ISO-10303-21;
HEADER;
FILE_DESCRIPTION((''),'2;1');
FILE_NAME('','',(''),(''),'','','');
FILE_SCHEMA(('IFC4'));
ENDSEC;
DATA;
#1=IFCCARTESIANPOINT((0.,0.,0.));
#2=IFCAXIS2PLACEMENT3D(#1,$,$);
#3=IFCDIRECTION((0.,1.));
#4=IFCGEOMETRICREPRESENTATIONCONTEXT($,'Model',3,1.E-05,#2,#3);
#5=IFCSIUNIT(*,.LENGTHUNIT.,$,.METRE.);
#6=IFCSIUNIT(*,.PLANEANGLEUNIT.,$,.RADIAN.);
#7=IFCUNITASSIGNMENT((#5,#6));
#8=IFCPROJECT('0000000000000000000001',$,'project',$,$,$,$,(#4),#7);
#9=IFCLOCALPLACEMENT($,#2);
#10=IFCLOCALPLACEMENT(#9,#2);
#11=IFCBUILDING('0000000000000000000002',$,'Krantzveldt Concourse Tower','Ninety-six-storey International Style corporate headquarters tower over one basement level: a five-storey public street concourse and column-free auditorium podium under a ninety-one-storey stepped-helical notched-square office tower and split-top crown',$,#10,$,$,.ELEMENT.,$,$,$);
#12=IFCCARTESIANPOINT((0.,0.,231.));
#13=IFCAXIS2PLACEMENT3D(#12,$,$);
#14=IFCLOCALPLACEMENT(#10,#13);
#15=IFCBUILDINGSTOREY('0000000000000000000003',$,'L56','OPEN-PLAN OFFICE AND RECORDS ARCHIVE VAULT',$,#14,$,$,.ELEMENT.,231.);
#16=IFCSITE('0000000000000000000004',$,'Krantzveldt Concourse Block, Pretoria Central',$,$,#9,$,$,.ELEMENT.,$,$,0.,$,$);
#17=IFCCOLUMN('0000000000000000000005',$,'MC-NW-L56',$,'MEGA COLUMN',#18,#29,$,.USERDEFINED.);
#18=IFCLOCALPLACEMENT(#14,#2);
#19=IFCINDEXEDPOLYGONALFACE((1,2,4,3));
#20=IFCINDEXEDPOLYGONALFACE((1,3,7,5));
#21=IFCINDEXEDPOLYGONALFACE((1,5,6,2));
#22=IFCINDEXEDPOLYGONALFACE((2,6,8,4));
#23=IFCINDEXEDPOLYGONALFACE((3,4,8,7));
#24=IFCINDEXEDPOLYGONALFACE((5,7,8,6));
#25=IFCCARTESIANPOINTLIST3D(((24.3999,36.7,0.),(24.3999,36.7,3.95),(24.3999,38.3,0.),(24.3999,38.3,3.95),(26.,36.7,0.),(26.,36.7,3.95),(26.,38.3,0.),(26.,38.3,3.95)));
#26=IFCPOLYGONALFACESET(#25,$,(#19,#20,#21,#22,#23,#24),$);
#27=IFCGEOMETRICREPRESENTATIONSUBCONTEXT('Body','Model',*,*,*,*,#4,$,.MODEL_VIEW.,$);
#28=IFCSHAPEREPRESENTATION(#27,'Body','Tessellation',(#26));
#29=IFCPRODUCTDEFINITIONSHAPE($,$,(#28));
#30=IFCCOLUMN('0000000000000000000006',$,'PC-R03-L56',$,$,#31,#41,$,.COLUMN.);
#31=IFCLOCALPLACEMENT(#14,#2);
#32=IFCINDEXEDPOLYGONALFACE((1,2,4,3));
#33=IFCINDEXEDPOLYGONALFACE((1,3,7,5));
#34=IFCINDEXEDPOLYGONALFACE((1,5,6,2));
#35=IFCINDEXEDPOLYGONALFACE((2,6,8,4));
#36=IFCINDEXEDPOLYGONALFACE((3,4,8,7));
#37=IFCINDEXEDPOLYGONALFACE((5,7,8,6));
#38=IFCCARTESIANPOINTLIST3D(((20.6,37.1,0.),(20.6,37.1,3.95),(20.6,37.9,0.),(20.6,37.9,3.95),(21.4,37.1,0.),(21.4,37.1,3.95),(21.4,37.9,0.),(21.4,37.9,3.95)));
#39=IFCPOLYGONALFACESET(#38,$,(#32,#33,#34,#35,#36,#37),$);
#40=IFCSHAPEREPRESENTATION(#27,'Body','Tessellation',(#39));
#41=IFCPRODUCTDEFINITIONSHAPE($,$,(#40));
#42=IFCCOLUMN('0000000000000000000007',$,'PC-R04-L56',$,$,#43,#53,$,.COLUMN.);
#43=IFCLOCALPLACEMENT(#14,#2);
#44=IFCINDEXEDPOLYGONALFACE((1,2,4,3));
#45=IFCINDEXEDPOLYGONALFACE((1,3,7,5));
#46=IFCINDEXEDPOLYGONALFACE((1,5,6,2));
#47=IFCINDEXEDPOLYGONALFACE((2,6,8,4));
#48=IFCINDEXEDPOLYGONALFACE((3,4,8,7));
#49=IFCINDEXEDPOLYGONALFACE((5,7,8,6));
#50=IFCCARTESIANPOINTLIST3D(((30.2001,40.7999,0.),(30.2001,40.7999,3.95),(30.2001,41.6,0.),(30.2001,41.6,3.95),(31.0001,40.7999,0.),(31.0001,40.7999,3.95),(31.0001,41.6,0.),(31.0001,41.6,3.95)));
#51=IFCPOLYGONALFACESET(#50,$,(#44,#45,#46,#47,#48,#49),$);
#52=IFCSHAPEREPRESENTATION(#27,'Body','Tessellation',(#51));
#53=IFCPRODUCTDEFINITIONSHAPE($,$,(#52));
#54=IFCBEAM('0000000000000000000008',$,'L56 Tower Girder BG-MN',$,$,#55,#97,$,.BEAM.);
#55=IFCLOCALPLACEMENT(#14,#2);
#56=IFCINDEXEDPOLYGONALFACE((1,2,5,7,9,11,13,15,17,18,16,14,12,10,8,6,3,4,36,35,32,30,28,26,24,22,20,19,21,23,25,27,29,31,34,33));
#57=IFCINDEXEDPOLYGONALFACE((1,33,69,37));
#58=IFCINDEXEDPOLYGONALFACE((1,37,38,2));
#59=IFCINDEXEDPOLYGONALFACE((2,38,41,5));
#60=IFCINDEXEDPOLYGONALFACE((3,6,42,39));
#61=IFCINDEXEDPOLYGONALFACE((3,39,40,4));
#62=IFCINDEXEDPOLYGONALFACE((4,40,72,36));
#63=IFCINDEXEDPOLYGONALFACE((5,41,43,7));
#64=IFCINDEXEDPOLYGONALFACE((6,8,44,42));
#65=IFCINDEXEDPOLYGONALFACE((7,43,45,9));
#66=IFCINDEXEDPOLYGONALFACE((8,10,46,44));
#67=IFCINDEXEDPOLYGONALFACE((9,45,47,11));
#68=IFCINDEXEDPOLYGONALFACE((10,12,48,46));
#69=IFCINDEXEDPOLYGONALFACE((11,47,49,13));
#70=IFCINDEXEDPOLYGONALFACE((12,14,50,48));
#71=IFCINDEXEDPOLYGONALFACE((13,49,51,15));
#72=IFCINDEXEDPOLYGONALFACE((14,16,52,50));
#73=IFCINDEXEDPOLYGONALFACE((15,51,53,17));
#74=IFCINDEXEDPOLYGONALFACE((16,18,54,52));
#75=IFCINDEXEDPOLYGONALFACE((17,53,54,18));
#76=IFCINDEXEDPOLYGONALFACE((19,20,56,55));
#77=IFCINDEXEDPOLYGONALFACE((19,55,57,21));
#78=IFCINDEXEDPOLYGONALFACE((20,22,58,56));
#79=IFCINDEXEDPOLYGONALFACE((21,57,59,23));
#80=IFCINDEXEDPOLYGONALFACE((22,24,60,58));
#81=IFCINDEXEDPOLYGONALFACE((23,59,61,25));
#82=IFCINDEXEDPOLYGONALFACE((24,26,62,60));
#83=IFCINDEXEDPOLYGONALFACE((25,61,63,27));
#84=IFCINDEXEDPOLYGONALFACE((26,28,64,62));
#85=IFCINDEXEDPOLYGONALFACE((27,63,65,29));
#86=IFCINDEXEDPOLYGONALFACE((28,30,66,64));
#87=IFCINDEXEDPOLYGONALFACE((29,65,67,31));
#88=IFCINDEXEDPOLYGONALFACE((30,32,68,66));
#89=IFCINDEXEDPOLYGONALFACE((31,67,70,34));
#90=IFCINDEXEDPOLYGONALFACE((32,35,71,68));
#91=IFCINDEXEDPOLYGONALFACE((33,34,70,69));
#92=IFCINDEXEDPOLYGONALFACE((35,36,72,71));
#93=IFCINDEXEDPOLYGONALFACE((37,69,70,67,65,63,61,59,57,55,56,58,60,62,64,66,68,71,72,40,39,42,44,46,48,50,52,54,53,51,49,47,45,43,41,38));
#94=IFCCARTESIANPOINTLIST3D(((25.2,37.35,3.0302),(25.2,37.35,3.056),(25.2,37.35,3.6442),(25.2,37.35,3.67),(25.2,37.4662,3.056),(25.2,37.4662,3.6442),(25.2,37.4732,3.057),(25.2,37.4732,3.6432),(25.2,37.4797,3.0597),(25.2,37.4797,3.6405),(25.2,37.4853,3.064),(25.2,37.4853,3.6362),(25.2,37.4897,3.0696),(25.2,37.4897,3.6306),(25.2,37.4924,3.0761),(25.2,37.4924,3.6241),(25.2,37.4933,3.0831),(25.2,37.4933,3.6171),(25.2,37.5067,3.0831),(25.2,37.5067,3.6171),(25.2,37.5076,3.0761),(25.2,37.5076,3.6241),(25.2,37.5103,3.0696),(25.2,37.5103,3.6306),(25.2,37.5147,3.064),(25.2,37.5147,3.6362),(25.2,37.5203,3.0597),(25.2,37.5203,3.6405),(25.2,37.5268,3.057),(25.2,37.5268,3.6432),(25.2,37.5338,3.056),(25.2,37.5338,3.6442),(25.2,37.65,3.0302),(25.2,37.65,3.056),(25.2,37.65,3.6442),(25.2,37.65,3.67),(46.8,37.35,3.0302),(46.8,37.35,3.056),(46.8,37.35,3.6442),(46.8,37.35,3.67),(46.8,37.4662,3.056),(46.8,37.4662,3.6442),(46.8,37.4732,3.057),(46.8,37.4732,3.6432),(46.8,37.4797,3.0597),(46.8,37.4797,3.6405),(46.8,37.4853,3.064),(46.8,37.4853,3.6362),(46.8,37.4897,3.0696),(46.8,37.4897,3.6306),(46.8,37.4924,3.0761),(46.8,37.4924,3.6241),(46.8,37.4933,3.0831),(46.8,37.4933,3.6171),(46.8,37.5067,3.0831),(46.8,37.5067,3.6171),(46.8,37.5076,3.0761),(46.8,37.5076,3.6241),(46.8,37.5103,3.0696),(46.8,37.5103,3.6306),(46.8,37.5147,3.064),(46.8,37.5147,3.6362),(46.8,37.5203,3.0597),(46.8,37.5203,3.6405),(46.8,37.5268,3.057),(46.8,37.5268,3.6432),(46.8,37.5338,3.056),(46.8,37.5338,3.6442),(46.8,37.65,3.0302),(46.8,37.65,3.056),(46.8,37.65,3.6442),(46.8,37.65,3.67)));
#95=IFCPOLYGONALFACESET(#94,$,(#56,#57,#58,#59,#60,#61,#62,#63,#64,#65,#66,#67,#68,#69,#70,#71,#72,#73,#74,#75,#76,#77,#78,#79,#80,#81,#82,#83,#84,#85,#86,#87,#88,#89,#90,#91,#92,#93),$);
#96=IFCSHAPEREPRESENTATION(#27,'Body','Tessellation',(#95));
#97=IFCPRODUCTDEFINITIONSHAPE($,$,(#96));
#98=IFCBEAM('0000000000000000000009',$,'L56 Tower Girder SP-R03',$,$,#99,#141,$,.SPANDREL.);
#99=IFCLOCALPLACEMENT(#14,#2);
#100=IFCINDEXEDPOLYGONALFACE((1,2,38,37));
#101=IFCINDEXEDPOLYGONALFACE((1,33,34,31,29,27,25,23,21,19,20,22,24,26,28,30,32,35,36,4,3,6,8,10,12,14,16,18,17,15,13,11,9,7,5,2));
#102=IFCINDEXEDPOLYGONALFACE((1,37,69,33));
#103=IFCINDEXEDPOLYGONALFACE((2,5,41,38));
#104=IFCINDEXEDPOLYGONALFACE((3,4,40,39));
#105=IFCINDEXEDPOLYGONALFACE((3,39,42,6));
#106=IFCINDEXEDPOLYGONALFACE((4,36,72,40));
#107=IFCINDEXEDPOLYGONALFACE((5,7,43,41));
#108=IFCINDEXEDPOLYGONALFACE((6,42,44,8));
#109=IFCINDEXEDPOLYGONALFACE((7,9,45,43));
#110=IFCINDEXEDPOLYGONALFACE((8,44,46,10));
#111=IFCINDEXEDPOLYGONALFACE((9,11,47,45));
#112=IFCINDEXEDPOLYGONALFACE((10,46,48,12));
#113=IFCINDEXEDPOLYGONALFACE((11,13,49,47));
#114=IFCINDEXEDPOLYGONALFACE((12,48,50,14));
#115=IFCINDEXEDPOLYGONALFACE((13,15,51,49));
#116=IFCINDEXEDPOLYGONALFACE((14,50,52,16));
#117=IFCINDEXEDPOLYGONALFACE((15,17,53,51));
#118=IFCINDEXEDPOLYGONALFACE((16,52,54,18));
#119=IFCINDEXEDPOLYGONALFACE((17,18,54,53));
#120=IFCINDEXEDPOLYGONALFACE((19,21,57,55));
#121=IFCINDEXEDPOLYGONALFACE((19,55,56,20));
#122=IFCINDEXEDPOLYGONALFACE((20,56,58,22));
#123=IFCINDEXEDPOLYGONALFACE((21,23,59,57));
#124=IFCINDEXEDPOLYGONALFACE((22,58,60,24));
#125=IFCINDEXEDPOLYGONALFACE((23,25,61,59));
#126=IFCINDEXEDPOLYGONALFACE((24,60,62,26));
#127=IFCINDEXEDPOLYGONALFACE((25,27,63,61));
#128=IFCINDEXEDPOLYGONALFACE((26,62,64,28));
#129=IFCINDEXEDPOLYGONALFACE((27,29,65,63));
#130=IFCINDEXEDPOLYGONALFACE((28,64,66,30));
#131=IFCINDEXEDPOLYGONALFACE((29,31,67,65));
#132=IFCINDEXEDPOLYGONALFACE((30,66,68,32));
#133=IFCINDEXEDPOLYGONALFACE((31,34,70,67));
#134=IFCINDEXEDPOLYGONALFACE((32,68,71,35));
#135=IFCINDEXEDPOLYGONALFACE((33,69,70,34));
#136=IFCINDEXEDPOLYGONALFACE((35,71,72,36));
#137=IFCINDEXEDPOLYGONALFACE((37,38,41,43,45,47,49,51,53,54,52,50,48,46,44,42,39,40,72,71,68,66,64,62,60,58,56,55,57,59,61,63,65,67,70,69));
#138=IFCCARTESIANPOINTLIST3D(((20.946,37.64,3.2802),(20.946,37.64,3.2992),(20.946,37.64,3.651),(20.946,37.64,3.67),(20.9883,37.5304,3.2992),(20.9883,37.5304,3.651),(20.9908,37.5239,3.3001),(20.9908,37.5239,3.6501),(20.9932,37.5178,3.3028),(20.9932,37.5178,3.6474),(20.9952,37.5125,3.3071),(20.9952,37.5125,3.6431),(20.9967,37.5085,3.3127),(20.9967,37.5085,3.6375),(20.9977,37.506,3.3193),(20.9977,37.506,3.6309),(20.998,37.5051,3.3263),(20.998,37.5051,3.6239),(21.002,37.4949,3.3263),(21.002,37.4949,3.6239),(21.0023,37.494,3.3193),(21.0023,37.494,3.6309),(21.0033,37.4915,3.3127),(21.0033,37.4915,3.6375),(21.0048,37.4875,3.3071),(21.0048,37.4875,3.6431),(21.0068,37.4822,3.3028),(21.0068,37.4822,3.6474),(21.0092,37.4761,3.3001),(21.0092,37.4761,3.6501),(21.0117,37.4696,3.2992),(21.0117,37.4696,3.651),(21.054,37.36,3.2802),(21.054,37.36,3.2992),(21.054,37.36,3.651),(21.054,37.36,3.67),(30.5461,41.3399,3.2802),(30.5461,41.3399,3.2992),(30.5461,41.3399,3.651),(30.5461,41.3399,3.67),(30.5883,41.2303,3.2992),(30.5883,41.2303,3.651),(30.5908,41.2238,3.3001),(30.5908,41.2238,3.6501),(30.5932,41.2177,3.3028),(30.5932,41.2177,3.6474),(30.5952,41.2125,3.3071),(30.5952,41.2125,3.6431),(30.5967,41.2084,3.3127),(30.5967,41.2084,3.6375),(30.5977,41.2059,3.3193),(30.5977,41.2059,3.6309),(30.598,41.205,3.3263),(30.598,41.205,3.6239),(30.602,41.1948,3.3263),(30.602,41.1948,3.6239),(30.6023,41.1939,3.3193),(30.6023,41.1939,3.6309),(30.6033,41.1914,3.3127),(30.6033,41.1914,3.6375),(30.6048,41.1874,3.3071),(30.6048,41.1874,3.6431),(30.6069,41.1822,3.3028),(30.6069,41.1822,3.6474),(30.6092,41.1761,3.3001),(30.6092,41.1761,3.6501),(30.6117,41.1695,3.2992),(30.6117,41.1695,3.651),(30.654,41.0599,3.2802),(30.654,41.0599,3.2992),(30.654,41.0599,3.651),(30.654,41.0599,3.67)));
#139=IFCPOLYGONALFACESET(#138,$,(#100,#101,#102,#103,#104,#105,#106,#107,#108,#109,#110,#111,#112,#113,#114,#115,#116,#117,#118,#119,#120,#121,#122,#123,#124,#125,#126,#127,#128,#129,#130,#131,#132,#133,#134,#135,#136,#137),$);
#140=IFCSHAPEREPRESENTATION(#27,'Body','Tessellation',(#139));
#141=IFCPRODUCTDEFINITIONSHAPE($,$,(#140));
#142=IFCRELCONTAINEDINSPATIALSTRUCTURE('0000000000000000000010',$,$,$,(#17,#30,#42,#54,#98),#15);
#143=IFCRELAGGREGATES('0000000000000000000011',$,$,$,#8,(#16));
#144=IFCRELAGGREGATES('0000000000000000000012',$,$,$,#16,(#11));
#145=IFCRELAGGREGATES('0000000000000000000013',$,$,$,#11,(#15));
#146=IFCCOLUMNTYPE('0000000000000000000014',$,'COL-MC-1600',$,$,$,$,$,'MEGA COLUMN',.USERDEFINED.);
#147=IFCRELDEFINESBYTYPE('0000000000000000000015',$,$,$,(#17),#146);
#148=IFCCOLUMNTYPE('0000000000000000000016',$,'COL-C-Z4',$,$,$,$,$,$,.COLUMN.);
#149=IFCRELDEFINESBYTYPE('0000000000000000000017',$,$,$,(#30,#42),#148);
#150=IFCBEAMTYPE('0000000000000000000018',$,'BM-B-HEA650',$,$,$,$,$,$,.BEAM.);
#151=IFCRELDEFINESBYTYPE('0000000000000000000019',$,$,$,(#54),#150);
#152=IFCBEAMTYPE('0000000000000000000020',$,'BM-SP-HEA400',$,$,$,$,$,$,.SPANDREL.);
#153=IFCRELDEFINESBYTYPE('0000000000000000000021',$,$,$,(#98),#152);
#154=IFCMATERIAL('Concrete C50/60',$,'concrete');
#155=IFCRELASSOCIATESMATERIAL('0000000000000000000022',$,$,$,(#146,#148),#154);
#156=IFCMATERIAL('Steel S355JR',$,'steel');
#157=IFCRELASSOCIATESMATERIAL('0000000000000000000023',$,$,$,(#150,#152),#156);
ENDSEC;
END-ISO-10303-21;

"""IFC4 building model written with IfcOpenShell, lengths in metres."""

from ifc_helpers import new_model, si_unit, direction, frame, origin, origin_2d, place, context, subcontext, project, spatial, rectangle, i_section, extrude, source, transform, mapped, material, material_profile, profile_set, type_object, type_shapes, element, save


model = new_model("IFC4")

# Units and contexts
model_context = context("Model", 3, precision=1e-05, world=origin(), true_north=direction((0.0, 1.0)))
body_context = subcontext(model_context, "Body", "Model", "MODEL_VIEW")
ifc_project = project(units=[si_unit("LENGTHUNIT", "METRE"), si_unit("PLANEANGLEUNIT", "RADIAN")], contexts=[model_context])

# Site, building, storey
site_placement = place(None, origin())
site = spatial("IfcSite", under=ifc_project, at=site_placement, Name="Krantzveldt Concourse Block, Pretoria Central", CompositionType="ELEMENT", RefElevation=0.0)
building_placement = place(site_placement, origin())
building = spatial("IfcBuilding", under=site, at=building_placement, Name="Krantzveldt Concourse Tower", Description="Ninety-six-storey International Style corporate headquarters tower over one basement level: a five-storey public street concourse and column-free auditorium podium under a ninety-one-storey stepped-helical notched-square office tower and split-top crown", CompositionType="ELEMENT")
storey_placement = place(building_placement, frame((0.0, 0.0, 231.0)))
storey = spatial("IfcBuildingStorey", under=building, at=storey_placement, Name="L56", Description="OPEN-PLAN OFFICE AND RECORDS ARCHIVE VAULT", CompositionType="ELEMENT", Elevation=231.0)

# Columns
ifc_material_1 = material(Name="Concrete C50/60", Category="concrete")
ifc_material_profile_1 = material_profile(ifc_material_1, rectangle(XDim=1.6001, YDim=1.6001, at=origin_2d()), Name="Concrete C50/60", Category="concrete")
ifc_profile_set_1 = profile_set([ifc_material_profile_1], Name="Concrete C50/60 - RC 1600x1600")
column_type_1 = type_object("IfcColumnType", Name="COL-MC-1600", ElementType="MEGA COLUMN", PredefinedType="USERDEFINED", material=ifc_profile_set_1)
shared_shape_1 = source(origin(), body_context, "Body", "SweptSolid", [
    extrude(rectangle(XDim=1.6001, YDim=1.6001, at=origin_2d()), origin(), (0.0, 0.0, 1.0), 3.95),
])
type_shapes(column_type_1, [shared_shape_1])
column_placement = place(storey_placement, frame((25.2, 37.5, 0.0), z_axis=(0.0, 0.0, 1.0), x_axis=(1.0, 0.0, 0.0)))
element("IfcColumn", 1, at=column_placement, inside=storey, type_object=column_type_1, Name="MC-NW-L56", ObjectType="MEGA COLUMN", PredefinedType="USERDEFINED", context=body_context, shape_type="MappedRepresentation", body=[
    mapped(shared_shape_1, transform((0.0, 0.0, 0.0), x_axis=(1.0, 0.0, 0.0), y_axis=(0.0, 1.0, 0.0), z_axis=(0.0, 0.0, 1.0), scale=1.0)),
])
ifc_material_profile_2 = material_profile(ifc_material_1, rectangle(XDim=0.8, YDim=0.8, at=origin_2d()), Name="Concrete C50/60", Category="concrete")
ifc_profile_set_2 = profile_set([ifc_material_profile_2], Name="Concrete C50/60 - RC 800x800")
column_type_2 = type_object("IfcColumnType", Name="COL-C-Z4", PredefinedType="COLUMN", material=ifc_profile_set_2)
shared_shape_2 = source(origin(), body_context, "Body", "SweptSolid", [
    extrude(rectangle(XDim=0.8, YDim=0.8, at=origin_2d()), origin(), (0.0, 0.0, 1.0), 3.95),
])
type_shapes(column_type_2, [shared_shape_2])
for number, where, z_axis, x_axis, name in (
    (2, (21.0, 37.5, 0.0), (0.0, 0.0, 1.0), (1.0, 0.0, 0.0), "PC-R03-L56"),
    (3, (30.6001, 41.2, 0.0), (0.0, 0.0, 1.0), (1.0, 0.0, 0.0), "PC-R04-L56"),
):
    element("IfcColumn", number, at=place(storey_placement, frame(where, z_axis=z_axis, x_axis=x_axis)), inside=storey, type_object=column_type_2, Name=name, PredefinedType="COLUMN", context=body_context, shape_type="MappedRepresentation", body=[
        mapped(shared_shape_2, transform((0.0, 0.0, 0.0), x_axis=(1.0, 0.0, 0.0), y_axis=(0.0, 1.0, 0.0), z_axis=(0.0, 0.0, 1.0), scale=1.0)),
    ])

# Beams
ifc_material_2 = material(Name="Steel S355JR", Category="steel")
ifc_material_profile_3 = material_profile(ifc_material_2, i_section(OverallWidth=0.3, OverallDepth=0.6399, WebThickness=0.0134, FlangeThickness=0.0259, FilletRadius=0.0271, at=origin_2d()), Name="Steel S355JR", Category="steel")
ifc_profile_set_3 = profile_set([ifc_material_profile_3], Name="Steel S355JR - HEA 650")
beam_type_1 = type_object("IfcBeamType", Name="BM-B-HEA650", PredefinedType="BEAM", material=ifc_profile_set_3)
shared_shape_3 = source(origin(), body_context, "Body", "SweptSolid", [
    extrude(i_section(OverallWidth=0.3, OverallDepth=0.6399, WebThickness=0.0134, FlangeThickness=0.0259, FilletRadius=0.0271, at=origin_2d()), origin(), (0.0, 0.0, 1.0), 21.6001),
])
type_shapes(beam_type_1, [shared_shape_3])
beam_1_placement = place(storey_placement, frame((25.2, 37.5, 3.3501), z_axis=(1.0, 0.0, 0.0), x_axis=(0.0, 1.0, 0.0)))
element("IfcBeam", 4, at=beam_1_placement, inside=storey, type_object=beam_type_1, Name="L56 Tower Girder BG-MN", PredefinedType="BEAM", context=body_context, shape_type="MappedRepresentation", body=[
    mapped(shared_shape_3, transform((0.0, 0.0, 0.0), x_axis=(1.0, 0.0, 0.0), y_axis=(0.0, 1.0, 0.0), z_axis=(0.0, 0.0, 1.0), scale=1.0)),
])
ifc_material_profile_4 = material_profile(ifc_material_2, i_section(OverallWidth=0.3, OverallDepth=0.3899, WebThickness=0.011, FlangeThickness=0.019, FilletRadius=0.0271, at=origin_2d()), Name="Steel S355JR", Category="steel")
ifc_profile_set_4 = profile_set([ifc_material_profile_4], Name="Steel S355JR - HEA 400")
beam_type_2 = type_object("IfcBeamType", Name="BM-SP-HEA400", PredefinedType="SPANDREL", material=ifc_profile_set_4)
shared_shape_4 = source(origin(), body_context, "Body", "SweptSolid", [
    extrude(i_section(OverallWidth=0.3, OverallDepth=0.3899, WebThickness=0.011, FlangeThickness=0.019, FilletRadius=0.0271, at=origin_2d()), origin(), (0.0, 0.0, 1.0), 10.2883),
])
beam_2_placement = place(storey_placement, frame((21.0, 37.5, 3.4751), z_axis=(0.933098, 0.359623, 0.0), x_axis=(-0.359623, 0.933098, 0.0)))
element("IfcBeam", 5, at=beam_2_placement, inside=storey, type_object=beam_type_2, Name="L56 Tower Girder SP-R03", PredefinedType="SPANDREL", context=body_context, shape_type="MappedRepresentation", body=[
    mapped(shared_shape_4, transform((0.0, 0.0, 0.0), x_axis=(1.0, 0.0, 0.0), y_axis=(0.0, 1.0, 0.0), z_axis=(0.0, 0.0, 1.0), scale=1.0)),
])

save(model, "model.ifc")
